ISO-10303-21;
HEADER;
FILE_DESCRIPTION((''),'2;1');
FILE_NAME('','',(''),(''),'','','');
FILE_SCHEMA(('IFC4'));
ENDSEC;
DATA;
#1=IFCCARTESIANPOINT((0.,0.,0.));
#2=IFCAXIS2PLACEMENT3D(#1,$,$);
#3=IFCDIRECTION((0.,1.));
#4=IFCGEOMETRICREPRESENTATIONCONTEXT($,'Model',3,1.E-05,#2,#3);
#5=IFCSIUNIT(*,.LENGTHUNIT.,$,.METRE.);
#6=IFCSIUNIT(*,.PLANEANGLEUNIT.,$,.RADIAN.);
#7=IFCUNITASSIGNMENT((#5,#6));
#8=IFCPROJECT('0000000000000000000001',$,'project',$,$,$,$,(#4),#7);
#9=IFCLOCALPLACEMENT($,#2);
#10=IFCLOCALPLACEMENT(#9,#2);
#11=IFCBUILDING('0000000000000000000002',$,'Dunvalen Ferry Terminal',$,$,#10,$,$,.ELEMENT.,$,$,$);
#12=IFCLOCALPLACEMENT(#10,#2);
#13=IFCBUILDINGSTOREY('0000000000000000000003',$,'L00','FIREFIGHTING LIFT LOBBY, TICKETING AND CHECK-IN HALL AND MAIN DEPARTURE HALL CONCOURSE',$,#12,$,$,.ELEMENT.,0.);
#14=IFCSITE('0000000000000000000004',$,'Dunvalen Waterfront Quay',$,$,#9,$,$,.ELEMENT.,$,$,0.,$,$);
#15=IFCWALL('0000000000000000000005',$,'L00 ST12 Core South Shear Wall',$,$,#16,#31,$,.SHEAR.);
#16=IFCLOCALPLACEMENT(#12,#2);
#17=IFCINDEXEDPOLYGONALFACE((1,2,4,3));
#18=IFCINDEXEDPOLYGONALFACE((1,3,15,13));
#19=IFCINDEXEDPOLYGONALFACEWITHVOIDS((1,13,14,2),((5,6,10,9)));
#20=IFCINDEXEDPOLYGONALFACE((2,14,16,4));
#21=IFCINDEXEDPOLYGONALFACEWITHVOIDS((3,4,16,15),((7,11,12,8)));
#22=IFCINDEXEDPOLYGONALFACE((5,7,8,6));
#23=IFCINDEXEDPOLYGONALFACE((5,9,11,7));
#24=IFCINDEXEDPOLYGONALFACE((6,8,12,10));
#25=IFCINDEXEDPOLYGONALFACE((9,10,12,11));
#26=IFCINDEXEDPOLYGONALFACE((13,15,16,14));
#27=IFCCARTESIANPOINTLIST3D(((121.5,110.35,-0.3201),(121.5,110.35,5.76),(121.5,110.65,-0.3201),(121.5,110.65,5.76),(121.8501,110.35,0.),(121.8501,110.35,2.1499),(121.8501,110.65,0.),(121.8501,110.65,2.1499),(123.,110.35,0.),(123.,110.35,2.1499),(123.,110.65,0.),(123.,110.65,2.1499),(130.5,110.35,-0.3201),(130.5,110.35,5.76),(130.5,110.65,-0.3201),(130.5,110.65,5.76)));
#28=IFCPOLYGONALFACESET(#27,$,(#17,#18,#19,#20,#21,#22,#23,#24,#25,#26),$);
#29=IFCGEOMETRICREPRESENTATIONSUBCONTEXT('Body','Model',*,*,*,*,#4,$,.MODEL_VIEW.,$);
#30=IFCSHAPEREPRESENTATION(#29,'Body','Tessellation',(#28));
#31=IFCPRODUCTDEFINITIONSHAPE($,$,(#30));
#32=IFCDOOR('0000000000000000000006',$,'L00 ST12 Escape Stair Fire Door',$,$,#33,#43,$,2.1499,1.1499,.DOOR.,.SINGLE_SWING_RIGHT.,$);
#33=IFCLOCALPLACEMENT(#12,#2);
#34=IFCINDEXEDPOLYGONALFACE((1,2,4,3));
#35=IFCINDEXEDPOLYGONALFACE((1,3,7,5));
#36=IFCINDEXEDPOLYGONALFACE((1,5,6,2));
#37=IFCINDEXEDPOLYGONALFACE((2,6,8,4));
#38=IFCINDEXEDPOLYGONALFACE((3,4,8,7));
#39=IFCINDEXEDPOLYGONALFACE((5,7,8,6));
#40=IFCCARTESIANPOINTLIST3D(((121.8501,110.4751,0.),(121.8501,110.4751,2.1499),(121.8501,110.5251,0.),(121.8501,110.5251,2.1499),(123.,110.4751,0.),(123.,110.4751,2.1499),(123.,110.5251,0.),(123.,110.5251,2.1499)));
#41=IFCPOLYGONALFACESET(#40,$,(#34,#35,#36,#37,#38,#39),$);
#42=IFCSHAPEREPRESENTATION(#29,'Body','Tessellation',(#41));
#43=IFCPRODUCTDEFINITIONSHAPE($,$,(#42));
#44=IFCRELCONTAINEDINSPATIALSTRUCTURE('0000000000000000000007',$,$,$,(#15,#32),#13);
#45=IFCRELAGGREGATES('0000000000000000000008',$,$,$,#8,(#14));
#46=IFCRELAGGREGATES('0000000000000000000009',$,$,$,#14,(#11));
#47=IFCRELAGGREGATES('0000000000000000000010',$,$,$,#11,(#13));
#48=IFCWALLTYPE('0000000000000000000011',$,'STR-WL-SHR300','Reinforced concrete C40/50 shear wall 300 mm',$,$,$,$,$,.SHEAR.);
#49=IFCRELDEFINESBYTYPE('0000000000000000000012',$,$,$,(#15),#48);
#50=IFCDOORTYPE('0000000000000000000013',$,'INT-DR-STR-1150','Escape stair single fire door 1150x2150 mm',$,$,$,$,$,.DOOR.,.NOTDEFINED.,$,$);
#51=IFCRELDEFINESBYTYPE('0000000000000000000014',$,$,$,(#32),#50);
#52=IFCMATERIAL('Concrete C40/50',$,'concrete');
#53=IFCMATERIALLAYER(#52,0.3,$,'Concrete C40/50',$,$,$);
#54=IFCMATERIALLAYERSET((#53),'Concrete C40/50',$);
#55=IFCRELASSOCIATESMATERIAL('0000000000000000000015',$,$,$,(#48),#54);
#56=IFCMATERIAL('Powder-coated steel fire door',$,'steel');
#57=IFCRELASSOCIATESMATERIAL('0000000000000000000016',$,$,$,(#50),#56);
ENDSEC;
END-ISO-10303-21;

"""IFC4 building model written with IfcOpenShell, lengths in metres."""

from ifc_helpers import new_model, si_unit, direction, frame, frame_2d, origin, place, context, subcontext, project, spatial, rectangle, extrude, material, layer, layer_set, type_object, element, fill, save


model = new_model("IFC4")

# Units and contexts
model_context = context("Model", 3, precision=1e-05, world=origin(), true_north=direction((0.0, 1.0)))
body_context = subcontext(model_context, "Body", "Model", "MODEL_VIEW")
ifc_project = project(units=[si_unit("LENGTHUNIT", "METRE"), si_unit("PLANEANGLEUNIT", "RADIAN")], contexts=[model_context])

# Site, building, storey
site_placement = place(None, origin())
site = spatial("IfcSite", under=ifc_project, at=site_placement, Name="Dunvalen Waterfront Quay", CompositionType="ELEMENT", RefElevation=0.0)
building_placement = place(site_placement, origin())
building = spatial("IfcBuilding", under=site, at=building_placement, Name="Dunvalen Ferry Terminal", CompositionType="ELEMENT")
storey_placement = place(building_placement, origin())
storey = spatial("IfcBuildingStorey", under=building, at=storey_placement, Name="L00", Description="FIREFIGHTING LIFT LOBBY, TICKETING AND CHECK-IN HALL AND MAIN DEPARTURE HALL CONCOURSE", CompositionType="ELEMENT", Elevation=0.0)

# Shared definitions
ifc_material_1 = material(Name="Concrete C40/50", Category="concrete")

# Shared definitions
ifc_layer_1 = layer(ifc_material_1, 0.3, Name="Concrete C40/50")
ifc_layer_set_1 = layer_set([ifc_layer_1], Name="Concrete C40/50")
wall_type = type_object("IfcWallType", Name="STR-WL-SHR300", Description="Reinforced concrete C40/50 shear wall 300 mm", PredefinedType="SHEAR", material=ifc_layer_set_1)

# Wall, opening, door
wall_1_placement = place(storey_placement, frame((121.5, 110.5, -0.3201), z_axis=(0.0, 0.0, 1.0), x_axis=(1.0, 0.0, 0.0)))
wall_1 = element("IfcWall", 1, at=wall_1_placement, inside=storey, type_object=wall_type, Name="L00 ST12 Core South Shear Wall", PredefinedType="SHEAR", context=body_context, shape_type="SweptSolid", body=[
    extrude(rectangle(XDim=9.0, YDim=0.3, at=frame_2d((4.5, 0.0))), origin(), (0.0, 0.0, 1.0), 6.0801),
])
opening_placement = place(wall_1_placement, frame((0.3501, 0.0, 0.3201)))
opening = element("IfcOpeningElement", 2, at=opening_placement, cuts=wall_1, PredefinedType="OPENING", context=body_context, shape_type="SweptSolid", body=[
    extrude(rectangle(XDim=1.1499, YDim=2.1499, at=frame_2d((0.575, 1.075))), frame((0.0, 0.1602, 0.0), z_axis=(0.0, -1.0, 0.0), x_axis=(1.0, 0.0, 0.0)), (0.0, 0.0, 1.0), 0.3201),
])
ifc_material_2 = material(Name="Powder-coated steel fire door", Category="steel")
door_type = type_object("IfcDoorType", Name="INT-DR-STR-1150", Description="Escape stair single fire door 1150x2150 mm", OperationType="NOTDEFINED", PredefinedType="DOOR", material=ifc_material_2)
door_placement = place(opening_placement, frame((1.1499, 0.0, 0.0), z_axis=(0.0, 0.0, 1.0), x_axis=(-1.0, 0.0, 0.0)))
door = element("IfcDoor", 3, at=door_placement, inside=storey, type_object=door_type, Name="L00 ST12 Escape Stair Fire Door", OperationType="SINGLE_SWING_RIGHT", OverallHeight=2.1499, OverallWidth=1.1499, PredefinedType="DOOR", context=body_context, shape_type="SweptSolid", body=[
    extrude(rectangle(XDim=1.1499, YDim=2.1499, at=frame_2d((0.575, 1.075))), frame((0.0, 0.0249, 0.0), z_axis=(0.0, -1.0, 0.0), x_axis=(1.0, 0.0, 0.0)), (0.0, 0.0, 1.0), 0.05),
])
fill(opening, door)

save(model, "model.ifc")
